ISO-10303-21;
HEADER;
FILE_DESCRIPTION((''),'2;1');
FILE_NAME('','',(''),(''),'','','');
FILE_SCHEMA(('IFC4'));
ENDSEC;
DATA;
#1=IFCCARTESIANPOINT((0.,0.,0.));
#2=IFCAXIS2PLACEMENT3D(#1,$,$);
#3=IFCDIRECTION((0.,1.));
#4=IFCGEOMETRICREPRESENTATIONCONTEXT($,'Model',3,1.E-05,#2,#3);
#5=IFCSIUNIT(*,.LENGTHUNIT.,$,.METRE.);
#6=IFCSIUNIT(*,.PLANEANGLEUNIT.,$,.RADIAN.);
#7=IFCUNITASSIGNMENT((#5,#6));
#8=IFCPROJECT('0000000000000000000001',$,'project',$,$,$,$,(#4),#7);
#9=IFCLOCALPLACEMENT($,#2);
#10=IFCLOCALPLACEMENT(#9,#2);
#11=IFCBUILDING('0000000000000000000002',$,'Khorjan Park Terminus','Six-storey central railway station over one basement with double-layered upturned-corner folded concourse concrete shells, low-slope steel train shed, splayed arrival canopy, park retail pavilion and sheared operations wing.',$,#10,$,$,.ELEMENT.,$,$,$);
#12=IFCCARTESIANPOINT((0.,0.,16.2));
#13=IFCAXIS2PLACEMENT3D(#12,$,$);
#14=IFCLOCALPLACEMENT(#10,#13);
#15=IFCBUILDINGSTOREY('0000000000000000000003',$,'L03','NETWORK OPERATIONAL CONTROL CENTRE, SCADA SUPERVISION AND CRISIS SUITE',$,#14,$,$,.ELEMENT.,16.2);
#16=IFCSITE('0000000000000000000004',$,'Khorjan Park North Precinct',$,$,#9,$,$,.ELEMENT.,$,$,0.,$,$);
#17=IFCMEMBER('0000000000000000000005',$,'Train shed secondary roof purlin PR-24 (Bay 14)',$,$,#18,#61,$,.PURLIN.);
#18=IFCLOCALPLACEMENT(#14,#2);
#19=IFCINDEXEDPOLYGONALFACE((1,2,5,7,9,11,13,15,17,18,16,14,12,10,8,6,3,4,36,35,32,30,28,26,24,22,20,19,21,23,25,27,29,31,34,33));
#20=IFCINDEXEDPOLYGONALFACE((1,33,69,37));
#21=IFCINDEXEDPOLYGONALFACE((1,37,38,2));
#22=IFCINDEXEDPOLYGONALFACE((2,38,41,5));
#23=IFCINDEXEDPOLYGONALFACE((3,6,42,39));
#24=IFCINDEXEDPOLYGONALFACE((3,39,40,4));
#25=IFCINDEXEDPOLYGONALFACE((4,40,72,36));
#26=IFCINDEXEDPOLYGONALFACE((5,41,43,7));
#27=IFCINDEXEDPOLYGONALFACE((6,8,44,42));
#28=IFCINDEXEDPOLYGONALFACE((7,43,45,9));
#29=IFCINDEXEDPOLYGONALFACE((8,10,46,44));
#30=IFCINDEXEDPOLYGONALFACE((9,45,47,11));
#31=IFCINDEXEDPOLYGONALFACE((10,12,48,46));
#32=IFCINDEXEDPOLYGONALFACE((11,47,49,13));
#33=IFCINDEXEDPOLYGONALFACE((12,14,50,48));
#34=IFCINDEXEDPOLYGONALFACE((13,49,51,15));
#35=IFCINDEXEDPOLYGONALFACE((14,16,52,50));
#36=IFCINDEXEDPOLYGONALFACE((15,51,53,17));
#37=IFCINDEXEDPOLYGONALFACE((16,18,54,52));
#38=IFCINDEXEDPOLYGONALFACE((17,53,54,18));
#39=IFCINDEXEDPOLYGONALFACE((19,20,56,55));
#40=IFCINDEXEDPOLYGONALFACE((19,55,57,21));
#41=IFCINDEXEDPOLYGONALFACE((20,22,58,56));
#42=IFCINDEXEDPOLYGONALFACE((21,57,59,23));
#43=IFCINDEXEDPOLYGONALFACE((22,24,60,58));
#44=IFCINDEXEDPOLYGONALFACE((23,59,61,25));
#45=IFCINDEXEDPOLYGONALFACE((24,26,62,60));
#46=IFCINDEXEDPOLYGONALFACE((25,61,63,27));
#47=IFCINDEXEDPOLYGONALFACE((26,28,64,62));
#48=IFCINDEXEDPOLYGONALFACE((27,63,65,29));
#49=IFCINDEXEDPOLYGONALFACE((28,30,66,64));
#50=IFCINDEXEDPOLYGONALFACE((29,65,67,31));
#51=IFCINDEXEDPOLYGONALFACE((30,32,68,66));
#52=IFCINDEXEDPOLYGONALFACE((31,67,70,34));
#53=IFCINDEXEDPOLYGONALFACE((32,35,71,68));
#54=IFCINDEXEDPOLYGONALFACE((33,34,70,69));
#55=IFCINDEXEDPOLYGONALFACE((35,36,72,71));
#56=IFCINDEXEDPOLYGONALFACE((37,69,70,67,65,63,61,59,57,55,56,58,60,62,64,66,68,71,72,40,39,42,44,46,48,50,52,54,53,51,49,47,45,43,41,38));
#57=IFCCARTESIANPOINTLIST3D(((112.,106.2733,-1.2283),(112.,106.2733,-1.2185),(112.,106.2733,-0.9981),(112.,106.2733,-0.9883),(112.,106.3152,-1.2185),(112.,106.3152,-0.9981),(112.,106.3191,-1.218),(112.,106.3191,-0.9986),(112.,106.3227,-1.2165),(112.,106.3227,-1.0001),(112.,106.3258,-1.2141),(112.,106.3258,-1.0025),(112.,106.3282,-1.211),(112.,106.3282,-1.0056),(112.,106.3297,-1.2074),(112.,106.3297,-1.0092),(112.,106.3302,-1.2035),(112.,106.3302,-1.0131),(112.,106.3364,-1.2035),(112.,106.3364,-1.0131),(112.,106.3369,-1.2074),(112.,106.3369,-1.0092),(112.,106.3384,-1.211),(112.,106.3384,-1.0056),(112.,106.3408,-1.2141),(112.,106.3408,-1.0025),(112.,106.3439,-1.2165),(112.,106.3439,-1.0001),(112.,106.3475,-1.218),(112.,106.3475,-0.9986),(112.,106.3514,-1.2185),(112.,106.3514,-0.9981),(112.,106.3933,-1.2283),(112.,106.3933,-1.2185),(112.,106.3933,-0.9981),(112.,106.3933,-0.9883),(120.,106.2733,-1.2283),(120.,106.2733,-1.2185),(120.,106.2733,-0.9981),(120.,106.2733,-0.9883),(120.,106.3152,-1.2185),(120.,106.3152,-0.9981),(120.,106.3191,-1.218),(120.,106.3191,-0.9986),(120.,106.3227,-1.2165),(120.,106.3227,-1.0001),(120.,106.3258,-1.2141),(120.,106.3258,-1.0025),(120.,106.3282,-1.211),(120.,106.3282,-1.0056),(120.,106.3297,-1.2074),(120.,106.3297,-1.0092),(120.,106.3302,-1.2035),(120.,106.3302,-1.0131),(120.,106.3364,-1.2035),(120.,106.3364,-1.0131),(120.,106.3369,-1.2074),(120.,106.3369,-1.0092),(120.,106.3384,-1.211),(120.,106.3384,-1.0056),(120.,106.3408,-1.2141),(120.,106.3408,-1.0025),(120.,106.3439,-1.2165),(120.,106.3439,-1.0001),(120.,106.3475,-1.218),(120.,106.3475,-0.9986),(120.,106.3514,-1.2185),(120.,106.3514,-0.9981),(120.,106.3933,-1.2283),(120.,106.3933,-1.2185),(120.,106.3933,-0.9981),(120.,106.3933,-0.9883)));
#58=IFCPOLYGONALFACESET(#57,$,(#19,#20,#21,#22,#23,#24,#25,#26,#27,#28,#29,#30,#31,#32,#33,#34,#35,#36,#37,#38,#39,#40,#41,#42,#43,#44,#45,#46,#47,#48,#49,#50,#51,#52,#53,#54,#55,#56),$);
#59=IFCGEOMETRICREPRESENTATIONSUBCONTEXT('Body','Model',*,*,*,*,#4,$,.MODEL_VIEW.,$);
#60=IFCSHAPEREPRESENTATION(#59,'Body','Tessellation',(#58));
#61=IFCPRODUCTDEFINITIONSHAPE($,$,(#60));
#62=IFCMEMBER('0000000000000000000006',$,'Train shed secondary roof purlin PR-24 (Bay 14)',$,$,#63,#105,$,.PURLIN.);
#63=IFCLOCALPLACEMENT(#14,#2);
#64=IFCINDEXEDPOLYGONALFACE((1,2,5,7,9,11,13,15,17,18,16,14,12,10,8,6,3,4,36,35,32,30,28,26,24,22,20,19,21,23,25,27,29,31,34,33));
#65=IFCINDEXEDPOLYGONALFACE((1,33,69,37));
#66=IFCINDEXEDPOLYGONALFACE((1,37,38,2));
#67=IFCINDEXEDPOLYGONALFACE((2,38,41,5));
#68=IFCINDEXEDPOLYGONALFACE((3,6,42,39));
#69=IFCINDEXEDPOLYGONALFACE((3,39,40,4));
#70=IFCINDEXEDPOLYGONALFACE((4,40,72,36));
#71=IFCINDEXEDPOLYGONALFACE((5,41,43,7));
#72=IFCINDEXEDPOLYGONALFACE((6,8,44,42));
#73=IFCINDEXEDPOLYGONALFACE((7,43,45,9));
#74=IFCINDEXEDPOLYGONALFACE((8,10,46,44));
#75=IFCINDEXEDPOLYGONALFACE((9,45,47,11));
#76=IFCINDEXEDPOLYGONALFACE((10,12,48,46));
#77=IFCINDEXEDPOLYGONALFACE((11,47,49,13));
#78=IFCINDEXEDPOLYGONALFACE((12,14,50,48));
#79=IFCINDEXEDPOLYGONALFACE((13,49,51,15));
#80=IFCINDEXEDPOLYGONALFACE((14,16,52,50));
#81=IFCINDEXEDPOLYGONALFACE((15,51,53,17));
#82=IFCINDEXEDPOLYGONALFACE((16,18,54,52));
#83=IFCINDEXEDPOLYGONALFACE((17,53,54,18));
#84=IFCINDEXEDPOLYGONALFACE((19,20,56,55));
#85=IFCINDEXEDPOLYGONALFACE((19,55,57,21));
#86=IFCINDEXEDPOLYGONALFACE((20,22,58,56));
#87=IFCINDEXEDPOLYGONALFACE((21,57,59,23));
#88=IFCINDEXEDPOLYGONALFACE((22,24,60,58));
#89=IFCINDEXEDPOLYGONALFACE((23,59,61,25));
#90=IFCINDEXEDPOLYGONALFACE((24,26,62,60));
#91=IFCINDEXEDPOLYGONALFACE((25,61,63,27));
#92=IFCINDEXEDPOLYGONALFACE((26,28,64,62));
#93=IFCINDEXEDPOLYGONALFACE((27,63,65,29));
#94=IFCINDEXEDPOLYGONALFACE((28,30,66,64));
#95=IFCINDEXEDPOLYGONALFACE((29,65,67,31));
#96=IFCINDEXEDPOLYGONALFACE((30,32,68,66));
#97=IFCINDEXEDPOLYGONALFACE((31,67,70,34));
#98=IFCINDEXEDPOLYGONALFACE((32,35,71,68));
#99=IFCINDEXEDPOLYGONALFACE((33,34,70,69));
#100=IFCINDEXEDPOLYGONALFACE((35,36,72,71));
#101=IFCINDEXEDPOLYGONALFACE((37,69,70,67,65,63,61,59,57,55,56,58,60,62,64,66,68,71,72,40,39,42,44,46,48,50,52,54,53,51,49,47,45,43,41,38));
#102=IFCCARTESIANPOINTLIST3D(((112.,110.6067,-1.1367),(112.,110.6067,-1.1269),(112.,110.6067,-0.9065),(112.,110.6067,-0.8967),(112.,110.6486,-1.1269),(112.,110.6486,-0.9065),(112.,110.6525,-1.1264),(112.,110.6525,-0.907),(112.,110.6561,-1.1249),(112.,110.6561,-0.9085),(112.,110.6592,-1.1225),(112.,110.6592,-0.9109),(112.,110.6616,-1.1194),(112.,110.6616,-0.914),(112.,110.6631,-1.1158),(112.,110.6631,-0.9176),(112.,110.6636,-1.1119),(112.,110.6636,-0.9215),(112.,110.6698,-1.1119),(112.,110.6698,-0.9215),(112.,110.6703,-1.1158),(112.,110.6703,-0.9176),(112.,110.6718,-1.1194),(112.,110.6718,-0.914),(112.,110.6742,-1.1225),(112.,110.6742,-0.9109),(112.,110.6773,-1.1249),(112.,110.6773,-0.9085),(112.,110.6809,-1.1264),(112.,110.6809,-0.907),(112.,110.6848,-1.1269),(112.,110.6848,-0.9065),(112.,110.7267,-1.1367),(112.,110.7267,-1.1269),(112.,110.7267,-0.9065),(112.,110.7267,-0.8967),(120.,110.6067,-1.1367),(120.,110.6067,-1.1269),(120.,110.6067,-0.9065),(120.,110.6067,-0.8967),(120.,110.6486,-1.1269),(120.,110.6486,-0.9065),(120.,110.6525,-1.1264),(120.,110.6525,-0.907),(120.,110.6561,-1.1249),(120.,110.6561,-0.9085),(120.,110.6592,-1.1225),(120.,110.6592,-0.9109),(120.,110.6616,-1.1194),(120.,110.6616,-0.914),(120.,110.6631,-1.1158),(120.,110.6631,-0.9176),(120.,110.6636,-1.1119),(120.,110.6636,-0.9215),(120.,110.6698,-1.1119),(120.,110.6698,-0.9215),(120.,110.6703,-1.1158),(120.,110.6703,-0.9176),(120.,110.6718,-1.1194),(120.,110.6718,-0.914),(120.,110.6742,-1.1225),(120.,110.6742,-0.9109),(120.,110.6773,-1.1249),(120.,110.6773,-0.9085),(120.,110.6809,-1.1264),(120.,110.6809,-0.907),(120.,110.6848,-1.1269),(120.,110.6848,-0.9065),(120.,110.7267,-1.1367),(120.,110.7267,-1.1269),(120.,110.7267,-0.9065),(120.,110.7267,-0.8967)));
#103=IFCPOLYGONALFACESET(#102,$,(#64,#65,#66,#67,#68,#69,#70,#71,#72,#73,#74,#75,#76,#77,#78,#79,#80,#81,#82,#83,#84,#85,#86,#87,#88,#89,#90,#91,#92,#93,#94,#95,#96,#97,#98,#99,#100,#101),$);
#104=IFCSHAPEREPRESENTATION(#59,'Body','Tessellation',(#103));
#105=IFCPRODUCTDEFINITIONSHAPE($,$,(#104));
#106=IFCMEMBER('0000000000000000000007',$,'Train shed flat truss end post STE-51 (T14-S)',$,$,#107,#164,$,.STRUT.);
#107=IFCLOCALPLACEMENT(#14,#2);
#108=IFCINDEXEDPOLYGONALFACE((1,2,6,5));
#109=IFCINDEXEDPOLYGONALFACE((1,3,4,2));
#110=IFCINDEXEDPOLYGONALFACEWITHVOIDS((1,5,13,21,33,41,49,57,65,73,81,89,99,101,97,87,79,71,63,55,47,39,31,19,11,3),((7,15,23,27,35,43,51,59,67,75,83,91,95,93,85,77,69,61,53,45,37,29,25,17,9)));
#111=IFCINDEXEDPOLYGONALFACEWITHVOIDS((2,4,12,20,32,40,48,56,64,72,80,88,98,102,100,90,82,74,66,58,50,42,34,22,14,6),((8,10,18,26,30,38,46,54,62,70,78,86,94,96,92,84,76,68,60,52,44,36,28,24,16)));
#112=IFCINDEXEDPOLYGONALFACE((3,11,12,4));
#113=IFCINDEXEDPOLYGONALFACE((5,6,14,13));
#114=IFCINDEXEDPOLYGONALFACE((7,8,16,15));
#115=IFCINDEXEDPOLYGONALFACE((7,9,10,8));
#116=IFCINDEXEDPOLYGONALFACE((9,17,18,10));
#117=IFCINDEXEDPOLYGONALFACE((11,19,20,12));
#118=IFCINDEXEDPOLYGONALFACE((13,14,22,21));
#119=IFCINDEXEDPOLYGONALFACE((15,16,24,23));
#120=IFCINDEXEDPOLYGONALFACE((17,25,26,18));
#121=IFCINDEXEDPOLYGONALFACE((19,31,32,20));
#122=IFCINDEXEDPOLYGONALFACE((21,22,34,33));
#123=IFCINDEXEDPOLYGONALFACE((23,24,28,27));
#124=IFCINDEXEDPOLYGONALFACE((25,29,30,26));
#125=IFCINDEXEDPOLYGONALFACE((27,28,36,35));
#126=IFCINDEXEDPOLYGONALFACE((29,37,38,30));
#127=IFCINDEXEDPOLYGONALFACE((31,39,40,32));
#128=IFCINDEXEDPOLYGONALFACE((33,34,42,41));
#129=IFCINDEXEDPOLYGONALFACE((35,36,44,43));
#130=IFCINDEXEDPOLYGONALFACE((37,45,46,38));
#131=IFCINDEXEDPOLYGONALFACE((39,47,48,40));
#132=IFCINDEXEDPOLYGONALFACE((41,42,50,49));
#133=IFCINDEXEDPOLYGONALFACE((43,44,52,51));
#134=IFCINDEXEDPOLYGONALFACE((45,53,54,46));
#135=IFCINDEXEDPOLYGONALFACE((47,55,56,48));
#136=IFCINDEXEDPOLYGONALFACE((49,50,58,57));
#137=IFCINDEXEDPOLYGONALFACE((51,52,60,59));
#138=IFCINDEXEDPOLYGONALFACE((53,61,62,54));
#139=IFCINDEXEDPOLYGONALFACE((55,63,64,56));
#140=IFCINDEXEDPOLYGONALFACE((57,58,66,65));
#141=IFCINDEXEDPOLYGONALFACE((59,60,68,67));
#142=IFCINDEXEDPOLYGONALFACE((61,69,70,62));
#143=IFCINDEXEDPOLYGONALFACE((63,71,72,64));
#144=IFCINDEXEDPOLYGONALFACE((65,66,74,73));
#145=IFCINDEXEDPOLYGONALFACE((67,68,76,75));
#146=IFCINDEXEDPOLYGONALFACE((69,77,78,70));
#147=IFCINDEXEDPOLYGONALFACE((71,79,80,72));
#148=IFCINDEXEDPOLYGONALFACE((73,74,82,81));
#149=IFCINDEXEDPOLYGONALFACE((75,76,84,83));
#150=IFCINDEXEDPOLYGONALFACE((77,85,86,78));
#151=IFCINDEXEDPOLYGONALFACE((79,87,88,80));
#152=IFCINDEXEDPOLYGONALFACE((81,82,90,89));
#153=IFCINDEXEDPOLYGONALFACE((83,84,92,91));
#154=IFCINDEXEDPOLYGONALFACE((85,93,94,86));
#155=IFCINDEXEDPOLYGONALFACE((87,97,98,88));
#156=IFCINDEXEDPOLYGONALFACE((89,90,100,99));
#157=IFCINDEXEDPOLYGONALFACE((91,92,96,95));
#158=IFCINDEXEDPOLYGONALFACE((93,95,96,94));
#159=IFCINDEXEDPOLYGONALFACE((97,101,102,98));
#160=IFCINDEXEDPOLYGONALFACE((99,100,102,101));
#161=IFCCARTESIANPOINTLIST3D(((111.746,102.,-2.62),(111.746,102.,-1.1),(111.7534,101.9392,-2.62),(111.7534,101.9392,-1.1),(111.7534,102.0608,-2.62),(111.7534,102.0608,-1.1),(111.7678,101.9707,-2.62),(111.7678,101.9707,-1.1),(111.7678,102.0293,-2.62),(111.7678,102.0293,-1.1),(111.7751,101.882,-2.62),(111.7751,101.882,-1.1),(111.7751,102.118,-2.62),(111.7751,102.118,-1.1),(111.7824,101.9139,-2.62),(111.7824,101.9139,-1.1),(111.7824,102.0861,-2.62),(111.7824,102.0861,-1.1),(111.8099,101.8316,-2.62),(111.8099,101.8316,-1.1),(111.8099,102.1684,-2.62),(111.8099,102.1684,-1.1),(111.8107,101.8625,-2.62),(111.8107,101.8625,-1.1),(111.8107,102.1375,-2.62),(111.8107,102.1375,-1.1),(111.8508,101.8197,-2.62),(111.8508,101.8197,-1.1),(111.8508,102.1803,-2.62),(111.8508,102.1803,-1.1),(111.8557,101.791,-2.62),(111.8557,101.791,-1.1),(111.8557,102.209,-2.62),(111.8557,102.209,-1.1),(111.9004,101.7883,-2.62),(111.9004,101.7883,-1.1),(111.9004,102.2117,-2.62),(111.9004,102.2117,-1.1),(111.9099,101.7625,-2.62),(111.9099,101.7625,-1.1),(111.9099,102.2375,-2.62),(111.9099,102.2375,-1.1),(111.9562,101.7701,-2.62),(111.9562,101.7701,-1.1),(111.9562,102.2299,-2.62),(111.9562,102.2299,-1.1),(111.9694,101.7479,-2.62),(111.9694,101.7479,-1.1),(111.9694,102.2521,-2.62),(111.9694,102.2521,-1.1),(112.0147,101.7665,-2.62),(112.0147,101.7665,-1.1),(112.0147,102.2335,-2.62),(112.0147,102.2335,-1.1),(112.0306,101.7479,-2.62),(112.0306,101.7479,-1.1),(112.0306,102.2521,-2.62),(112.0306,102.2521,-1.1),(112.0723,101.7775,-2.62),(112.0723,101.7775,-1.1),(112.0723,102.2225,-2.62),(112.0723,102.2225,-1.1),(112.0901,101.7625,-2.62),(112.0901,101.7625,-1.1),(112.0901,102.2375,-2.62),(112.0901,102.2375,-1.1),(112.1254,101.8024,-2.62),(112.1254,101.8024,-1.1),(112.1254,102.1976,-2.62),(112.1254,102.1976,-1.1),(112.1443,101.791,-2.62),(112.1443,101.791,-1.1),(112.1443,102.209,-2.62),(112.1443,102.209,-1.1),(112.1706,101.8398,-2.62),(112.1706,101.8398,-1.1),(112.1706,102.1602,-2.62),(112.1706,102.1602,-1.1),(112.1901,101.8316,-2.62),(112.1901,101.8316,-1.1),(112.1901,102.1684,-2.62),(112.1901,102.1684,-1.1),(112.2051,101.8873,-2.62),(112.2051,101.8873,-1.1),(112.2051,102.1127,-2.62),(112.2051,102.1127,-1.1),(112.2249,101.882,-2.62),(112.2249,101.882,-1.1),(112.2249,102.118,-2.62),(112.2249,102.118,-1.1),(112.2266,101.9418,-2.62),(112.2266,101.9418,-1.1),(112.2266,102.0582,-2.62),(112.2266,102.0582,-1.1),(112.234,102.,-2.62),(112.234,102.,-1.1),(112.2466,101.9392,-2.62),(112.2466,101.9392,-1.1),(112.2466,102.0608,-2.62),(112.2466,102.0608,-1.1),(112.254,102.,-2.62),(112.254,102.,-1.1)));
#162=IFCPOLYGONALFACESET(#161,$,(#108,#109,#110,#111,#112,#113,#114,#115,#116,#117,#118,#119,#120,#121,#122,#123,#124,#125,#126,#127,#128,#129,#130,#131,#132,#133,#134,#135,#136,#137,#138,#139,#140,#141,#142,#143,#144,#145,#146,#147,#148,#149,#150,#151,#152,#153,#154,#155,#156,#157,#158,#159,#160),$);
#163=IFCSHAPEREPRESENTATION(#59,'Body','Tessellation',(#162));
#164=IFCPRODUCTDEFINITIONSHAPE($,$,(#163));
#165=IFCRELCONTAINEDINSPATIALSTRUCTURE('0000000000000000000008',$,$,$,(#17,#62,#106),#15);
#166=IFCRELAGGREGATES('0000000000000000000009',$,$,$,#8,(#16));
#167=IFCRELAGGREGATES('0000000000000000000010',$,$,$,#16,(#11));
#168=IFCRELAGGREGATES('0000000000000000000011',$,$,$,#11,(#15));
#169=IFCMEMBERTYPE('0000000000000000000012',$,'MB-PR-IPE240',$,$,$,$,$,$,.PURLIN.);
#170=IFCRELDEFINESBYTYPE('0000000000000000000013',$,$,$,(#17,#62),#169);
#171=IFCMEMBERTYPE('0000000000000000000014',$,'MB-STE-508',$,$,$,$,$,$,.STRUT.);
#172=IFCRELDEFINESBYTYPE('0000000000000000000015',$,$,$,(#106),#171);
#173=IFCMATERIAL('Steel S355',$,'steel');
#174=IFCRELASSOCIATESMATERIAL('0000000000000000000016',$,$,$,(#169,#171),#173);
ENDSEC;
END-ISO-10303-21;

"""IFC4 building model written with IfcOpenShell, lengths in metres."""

from ifc_helpers import new_model, si_unit, direction, frame, origin, origin_2d, place, context, subcontext, project, spatial, hollow_circle, i_section, extrude, material, material_profile, profile_set, type_object, element, save


model = new_model("IFC4")

# Units and contexts
model_context = context("Model", 3, precision=1e-05, world=origin(), true_north=direction((0.0, 1.0)))
body_context = subcontext(model_context, "Body", "Model", "MODEL_VIEW")
ifc_project = project(units=[si_unit("LENGTHUNIT", "METRE"), si_unit("PLANEANGLEUNIT", "RADIAN")], contexts=[model_context])

# Site, building, storey
site_placement = place(None, origin())
site = spatial("IfcSite", under=ifc_project, at=site_placement, Name="Khorjan Park North Precinct", CompositionType="ELEMENT", RefElevation=0.0)
building_placement = place(site_placement, origin())
building = spatial("IfcBuilding", under=site, at=building_placement, Name="Khorjan Park Terminus", Description="Six-storey central railway station over one basement with double-layered upturned-corner folded concourse concrete shells, low-slope steel train shed, splayed arrival canopy, park retail pavilion and sheared operations wing.", CompositionType="ELEMENT")
storey_placement = place(building_placement, frame((0.0, 0.0, 16.2)))
storey = spatial("IfcBuildingStorey", under=building, at=storey_placement, Name="L03", Description="NETWORK OPERATIONAL CONTROL CENTRE, SCADA SUPERVISION AND CRISIS SUITE", CompositionType="ELEMENT", Elevation=16.2)

# Members
ifc_material_1 = material(Name="Steel S355", Category="steel")
ifc_material_profile_1 = material_profile(ifc_material_1, i_section(OverallWidth=0.12, OverallDepth=0.24, WebThickness=0.0062, FlangeThickness=0.0098, FilletRadius=0.015, at=origin_2d()), Name="IPE 240")
ifc_profile_set_1 = profile_set([ifc_material_profile_1], Name="Steel S355")
member_type_1 = type_object("IfcMemberType", Name="MB-PR-IPE240", PredefinedType="PURLIN", material=ifc_profile_set_1)
for number, where, z_axis, x_axis, name in (
    (1, (112.0, 106.3333, -1.1083), (1.0, 0.0, 0.0), (0.0, 1.0, 0.0), "Train shed secondary roof purlin PR-24 (Bay 14)"),
    (2, (112.0, 110.6667, -1.0167), (1.0, 0.0, 0.0), (0.0, 1.0, 0.0), "Train shed secondary roof purlin PR-24 (Bay 14)"),
):
    element("IfcMember", number, at=place(storey_placement, frame(where, z_axis=z_axis, x_axis=x_axis)), inside=storey, type_object=member_type_1, Name=name, PredefinedType="PURLIN", context=body_context, shape_type="SweptSolid", body=[
        extrude(i_section(OverallWidth=0.12, OverallDepth=0.24, WebThickness=0.0062, FlangeThickness=0.0098, FilletRadius=0.015, at=origin_2d()), origin(), (0.0, 0.0, 1.0), 8.0),
    ])
ifc_material_profile_2 = material_profile(ifc_material_1, hollow_circle(Radius=0.254, WallThickness=0.02, at=origin_2d()), Name="CHS 508x20")
ifc_profile_set_2 = profile_set([ifc_material_profile_2], Name="Steel S355")
member_type_2 = type_object("IfcMemberType", Name="MB-STE-508", PredefinedType="STRUT", material=ifc_profile_set_2)
for number, where, z_axis, x_axis, name in (
    (3, (112.0, 102.0, -2.62), (0.0, 0.0, 1.0), (1.0, 0.0, 0.0), "Train shed flat truss end post STE-51 (T14-S)"),
):
    element("IfcMember", number, at=place(storey_placement, frame(where, z_axis=z_axis, x_axis=x_axis)), inside=storey, type_object=member_type_2, Name=name, PredefinedType="STRUT", context=body_context, shape_type="SweptSolid", body=[
        extrude(hollow_circle(Radius=0.254, WallThickness=0.02, at=origin_2d()), origin(), (0.0, 0.0, 1.0), 1.52),
    ])

save(model, "model.ifc")
